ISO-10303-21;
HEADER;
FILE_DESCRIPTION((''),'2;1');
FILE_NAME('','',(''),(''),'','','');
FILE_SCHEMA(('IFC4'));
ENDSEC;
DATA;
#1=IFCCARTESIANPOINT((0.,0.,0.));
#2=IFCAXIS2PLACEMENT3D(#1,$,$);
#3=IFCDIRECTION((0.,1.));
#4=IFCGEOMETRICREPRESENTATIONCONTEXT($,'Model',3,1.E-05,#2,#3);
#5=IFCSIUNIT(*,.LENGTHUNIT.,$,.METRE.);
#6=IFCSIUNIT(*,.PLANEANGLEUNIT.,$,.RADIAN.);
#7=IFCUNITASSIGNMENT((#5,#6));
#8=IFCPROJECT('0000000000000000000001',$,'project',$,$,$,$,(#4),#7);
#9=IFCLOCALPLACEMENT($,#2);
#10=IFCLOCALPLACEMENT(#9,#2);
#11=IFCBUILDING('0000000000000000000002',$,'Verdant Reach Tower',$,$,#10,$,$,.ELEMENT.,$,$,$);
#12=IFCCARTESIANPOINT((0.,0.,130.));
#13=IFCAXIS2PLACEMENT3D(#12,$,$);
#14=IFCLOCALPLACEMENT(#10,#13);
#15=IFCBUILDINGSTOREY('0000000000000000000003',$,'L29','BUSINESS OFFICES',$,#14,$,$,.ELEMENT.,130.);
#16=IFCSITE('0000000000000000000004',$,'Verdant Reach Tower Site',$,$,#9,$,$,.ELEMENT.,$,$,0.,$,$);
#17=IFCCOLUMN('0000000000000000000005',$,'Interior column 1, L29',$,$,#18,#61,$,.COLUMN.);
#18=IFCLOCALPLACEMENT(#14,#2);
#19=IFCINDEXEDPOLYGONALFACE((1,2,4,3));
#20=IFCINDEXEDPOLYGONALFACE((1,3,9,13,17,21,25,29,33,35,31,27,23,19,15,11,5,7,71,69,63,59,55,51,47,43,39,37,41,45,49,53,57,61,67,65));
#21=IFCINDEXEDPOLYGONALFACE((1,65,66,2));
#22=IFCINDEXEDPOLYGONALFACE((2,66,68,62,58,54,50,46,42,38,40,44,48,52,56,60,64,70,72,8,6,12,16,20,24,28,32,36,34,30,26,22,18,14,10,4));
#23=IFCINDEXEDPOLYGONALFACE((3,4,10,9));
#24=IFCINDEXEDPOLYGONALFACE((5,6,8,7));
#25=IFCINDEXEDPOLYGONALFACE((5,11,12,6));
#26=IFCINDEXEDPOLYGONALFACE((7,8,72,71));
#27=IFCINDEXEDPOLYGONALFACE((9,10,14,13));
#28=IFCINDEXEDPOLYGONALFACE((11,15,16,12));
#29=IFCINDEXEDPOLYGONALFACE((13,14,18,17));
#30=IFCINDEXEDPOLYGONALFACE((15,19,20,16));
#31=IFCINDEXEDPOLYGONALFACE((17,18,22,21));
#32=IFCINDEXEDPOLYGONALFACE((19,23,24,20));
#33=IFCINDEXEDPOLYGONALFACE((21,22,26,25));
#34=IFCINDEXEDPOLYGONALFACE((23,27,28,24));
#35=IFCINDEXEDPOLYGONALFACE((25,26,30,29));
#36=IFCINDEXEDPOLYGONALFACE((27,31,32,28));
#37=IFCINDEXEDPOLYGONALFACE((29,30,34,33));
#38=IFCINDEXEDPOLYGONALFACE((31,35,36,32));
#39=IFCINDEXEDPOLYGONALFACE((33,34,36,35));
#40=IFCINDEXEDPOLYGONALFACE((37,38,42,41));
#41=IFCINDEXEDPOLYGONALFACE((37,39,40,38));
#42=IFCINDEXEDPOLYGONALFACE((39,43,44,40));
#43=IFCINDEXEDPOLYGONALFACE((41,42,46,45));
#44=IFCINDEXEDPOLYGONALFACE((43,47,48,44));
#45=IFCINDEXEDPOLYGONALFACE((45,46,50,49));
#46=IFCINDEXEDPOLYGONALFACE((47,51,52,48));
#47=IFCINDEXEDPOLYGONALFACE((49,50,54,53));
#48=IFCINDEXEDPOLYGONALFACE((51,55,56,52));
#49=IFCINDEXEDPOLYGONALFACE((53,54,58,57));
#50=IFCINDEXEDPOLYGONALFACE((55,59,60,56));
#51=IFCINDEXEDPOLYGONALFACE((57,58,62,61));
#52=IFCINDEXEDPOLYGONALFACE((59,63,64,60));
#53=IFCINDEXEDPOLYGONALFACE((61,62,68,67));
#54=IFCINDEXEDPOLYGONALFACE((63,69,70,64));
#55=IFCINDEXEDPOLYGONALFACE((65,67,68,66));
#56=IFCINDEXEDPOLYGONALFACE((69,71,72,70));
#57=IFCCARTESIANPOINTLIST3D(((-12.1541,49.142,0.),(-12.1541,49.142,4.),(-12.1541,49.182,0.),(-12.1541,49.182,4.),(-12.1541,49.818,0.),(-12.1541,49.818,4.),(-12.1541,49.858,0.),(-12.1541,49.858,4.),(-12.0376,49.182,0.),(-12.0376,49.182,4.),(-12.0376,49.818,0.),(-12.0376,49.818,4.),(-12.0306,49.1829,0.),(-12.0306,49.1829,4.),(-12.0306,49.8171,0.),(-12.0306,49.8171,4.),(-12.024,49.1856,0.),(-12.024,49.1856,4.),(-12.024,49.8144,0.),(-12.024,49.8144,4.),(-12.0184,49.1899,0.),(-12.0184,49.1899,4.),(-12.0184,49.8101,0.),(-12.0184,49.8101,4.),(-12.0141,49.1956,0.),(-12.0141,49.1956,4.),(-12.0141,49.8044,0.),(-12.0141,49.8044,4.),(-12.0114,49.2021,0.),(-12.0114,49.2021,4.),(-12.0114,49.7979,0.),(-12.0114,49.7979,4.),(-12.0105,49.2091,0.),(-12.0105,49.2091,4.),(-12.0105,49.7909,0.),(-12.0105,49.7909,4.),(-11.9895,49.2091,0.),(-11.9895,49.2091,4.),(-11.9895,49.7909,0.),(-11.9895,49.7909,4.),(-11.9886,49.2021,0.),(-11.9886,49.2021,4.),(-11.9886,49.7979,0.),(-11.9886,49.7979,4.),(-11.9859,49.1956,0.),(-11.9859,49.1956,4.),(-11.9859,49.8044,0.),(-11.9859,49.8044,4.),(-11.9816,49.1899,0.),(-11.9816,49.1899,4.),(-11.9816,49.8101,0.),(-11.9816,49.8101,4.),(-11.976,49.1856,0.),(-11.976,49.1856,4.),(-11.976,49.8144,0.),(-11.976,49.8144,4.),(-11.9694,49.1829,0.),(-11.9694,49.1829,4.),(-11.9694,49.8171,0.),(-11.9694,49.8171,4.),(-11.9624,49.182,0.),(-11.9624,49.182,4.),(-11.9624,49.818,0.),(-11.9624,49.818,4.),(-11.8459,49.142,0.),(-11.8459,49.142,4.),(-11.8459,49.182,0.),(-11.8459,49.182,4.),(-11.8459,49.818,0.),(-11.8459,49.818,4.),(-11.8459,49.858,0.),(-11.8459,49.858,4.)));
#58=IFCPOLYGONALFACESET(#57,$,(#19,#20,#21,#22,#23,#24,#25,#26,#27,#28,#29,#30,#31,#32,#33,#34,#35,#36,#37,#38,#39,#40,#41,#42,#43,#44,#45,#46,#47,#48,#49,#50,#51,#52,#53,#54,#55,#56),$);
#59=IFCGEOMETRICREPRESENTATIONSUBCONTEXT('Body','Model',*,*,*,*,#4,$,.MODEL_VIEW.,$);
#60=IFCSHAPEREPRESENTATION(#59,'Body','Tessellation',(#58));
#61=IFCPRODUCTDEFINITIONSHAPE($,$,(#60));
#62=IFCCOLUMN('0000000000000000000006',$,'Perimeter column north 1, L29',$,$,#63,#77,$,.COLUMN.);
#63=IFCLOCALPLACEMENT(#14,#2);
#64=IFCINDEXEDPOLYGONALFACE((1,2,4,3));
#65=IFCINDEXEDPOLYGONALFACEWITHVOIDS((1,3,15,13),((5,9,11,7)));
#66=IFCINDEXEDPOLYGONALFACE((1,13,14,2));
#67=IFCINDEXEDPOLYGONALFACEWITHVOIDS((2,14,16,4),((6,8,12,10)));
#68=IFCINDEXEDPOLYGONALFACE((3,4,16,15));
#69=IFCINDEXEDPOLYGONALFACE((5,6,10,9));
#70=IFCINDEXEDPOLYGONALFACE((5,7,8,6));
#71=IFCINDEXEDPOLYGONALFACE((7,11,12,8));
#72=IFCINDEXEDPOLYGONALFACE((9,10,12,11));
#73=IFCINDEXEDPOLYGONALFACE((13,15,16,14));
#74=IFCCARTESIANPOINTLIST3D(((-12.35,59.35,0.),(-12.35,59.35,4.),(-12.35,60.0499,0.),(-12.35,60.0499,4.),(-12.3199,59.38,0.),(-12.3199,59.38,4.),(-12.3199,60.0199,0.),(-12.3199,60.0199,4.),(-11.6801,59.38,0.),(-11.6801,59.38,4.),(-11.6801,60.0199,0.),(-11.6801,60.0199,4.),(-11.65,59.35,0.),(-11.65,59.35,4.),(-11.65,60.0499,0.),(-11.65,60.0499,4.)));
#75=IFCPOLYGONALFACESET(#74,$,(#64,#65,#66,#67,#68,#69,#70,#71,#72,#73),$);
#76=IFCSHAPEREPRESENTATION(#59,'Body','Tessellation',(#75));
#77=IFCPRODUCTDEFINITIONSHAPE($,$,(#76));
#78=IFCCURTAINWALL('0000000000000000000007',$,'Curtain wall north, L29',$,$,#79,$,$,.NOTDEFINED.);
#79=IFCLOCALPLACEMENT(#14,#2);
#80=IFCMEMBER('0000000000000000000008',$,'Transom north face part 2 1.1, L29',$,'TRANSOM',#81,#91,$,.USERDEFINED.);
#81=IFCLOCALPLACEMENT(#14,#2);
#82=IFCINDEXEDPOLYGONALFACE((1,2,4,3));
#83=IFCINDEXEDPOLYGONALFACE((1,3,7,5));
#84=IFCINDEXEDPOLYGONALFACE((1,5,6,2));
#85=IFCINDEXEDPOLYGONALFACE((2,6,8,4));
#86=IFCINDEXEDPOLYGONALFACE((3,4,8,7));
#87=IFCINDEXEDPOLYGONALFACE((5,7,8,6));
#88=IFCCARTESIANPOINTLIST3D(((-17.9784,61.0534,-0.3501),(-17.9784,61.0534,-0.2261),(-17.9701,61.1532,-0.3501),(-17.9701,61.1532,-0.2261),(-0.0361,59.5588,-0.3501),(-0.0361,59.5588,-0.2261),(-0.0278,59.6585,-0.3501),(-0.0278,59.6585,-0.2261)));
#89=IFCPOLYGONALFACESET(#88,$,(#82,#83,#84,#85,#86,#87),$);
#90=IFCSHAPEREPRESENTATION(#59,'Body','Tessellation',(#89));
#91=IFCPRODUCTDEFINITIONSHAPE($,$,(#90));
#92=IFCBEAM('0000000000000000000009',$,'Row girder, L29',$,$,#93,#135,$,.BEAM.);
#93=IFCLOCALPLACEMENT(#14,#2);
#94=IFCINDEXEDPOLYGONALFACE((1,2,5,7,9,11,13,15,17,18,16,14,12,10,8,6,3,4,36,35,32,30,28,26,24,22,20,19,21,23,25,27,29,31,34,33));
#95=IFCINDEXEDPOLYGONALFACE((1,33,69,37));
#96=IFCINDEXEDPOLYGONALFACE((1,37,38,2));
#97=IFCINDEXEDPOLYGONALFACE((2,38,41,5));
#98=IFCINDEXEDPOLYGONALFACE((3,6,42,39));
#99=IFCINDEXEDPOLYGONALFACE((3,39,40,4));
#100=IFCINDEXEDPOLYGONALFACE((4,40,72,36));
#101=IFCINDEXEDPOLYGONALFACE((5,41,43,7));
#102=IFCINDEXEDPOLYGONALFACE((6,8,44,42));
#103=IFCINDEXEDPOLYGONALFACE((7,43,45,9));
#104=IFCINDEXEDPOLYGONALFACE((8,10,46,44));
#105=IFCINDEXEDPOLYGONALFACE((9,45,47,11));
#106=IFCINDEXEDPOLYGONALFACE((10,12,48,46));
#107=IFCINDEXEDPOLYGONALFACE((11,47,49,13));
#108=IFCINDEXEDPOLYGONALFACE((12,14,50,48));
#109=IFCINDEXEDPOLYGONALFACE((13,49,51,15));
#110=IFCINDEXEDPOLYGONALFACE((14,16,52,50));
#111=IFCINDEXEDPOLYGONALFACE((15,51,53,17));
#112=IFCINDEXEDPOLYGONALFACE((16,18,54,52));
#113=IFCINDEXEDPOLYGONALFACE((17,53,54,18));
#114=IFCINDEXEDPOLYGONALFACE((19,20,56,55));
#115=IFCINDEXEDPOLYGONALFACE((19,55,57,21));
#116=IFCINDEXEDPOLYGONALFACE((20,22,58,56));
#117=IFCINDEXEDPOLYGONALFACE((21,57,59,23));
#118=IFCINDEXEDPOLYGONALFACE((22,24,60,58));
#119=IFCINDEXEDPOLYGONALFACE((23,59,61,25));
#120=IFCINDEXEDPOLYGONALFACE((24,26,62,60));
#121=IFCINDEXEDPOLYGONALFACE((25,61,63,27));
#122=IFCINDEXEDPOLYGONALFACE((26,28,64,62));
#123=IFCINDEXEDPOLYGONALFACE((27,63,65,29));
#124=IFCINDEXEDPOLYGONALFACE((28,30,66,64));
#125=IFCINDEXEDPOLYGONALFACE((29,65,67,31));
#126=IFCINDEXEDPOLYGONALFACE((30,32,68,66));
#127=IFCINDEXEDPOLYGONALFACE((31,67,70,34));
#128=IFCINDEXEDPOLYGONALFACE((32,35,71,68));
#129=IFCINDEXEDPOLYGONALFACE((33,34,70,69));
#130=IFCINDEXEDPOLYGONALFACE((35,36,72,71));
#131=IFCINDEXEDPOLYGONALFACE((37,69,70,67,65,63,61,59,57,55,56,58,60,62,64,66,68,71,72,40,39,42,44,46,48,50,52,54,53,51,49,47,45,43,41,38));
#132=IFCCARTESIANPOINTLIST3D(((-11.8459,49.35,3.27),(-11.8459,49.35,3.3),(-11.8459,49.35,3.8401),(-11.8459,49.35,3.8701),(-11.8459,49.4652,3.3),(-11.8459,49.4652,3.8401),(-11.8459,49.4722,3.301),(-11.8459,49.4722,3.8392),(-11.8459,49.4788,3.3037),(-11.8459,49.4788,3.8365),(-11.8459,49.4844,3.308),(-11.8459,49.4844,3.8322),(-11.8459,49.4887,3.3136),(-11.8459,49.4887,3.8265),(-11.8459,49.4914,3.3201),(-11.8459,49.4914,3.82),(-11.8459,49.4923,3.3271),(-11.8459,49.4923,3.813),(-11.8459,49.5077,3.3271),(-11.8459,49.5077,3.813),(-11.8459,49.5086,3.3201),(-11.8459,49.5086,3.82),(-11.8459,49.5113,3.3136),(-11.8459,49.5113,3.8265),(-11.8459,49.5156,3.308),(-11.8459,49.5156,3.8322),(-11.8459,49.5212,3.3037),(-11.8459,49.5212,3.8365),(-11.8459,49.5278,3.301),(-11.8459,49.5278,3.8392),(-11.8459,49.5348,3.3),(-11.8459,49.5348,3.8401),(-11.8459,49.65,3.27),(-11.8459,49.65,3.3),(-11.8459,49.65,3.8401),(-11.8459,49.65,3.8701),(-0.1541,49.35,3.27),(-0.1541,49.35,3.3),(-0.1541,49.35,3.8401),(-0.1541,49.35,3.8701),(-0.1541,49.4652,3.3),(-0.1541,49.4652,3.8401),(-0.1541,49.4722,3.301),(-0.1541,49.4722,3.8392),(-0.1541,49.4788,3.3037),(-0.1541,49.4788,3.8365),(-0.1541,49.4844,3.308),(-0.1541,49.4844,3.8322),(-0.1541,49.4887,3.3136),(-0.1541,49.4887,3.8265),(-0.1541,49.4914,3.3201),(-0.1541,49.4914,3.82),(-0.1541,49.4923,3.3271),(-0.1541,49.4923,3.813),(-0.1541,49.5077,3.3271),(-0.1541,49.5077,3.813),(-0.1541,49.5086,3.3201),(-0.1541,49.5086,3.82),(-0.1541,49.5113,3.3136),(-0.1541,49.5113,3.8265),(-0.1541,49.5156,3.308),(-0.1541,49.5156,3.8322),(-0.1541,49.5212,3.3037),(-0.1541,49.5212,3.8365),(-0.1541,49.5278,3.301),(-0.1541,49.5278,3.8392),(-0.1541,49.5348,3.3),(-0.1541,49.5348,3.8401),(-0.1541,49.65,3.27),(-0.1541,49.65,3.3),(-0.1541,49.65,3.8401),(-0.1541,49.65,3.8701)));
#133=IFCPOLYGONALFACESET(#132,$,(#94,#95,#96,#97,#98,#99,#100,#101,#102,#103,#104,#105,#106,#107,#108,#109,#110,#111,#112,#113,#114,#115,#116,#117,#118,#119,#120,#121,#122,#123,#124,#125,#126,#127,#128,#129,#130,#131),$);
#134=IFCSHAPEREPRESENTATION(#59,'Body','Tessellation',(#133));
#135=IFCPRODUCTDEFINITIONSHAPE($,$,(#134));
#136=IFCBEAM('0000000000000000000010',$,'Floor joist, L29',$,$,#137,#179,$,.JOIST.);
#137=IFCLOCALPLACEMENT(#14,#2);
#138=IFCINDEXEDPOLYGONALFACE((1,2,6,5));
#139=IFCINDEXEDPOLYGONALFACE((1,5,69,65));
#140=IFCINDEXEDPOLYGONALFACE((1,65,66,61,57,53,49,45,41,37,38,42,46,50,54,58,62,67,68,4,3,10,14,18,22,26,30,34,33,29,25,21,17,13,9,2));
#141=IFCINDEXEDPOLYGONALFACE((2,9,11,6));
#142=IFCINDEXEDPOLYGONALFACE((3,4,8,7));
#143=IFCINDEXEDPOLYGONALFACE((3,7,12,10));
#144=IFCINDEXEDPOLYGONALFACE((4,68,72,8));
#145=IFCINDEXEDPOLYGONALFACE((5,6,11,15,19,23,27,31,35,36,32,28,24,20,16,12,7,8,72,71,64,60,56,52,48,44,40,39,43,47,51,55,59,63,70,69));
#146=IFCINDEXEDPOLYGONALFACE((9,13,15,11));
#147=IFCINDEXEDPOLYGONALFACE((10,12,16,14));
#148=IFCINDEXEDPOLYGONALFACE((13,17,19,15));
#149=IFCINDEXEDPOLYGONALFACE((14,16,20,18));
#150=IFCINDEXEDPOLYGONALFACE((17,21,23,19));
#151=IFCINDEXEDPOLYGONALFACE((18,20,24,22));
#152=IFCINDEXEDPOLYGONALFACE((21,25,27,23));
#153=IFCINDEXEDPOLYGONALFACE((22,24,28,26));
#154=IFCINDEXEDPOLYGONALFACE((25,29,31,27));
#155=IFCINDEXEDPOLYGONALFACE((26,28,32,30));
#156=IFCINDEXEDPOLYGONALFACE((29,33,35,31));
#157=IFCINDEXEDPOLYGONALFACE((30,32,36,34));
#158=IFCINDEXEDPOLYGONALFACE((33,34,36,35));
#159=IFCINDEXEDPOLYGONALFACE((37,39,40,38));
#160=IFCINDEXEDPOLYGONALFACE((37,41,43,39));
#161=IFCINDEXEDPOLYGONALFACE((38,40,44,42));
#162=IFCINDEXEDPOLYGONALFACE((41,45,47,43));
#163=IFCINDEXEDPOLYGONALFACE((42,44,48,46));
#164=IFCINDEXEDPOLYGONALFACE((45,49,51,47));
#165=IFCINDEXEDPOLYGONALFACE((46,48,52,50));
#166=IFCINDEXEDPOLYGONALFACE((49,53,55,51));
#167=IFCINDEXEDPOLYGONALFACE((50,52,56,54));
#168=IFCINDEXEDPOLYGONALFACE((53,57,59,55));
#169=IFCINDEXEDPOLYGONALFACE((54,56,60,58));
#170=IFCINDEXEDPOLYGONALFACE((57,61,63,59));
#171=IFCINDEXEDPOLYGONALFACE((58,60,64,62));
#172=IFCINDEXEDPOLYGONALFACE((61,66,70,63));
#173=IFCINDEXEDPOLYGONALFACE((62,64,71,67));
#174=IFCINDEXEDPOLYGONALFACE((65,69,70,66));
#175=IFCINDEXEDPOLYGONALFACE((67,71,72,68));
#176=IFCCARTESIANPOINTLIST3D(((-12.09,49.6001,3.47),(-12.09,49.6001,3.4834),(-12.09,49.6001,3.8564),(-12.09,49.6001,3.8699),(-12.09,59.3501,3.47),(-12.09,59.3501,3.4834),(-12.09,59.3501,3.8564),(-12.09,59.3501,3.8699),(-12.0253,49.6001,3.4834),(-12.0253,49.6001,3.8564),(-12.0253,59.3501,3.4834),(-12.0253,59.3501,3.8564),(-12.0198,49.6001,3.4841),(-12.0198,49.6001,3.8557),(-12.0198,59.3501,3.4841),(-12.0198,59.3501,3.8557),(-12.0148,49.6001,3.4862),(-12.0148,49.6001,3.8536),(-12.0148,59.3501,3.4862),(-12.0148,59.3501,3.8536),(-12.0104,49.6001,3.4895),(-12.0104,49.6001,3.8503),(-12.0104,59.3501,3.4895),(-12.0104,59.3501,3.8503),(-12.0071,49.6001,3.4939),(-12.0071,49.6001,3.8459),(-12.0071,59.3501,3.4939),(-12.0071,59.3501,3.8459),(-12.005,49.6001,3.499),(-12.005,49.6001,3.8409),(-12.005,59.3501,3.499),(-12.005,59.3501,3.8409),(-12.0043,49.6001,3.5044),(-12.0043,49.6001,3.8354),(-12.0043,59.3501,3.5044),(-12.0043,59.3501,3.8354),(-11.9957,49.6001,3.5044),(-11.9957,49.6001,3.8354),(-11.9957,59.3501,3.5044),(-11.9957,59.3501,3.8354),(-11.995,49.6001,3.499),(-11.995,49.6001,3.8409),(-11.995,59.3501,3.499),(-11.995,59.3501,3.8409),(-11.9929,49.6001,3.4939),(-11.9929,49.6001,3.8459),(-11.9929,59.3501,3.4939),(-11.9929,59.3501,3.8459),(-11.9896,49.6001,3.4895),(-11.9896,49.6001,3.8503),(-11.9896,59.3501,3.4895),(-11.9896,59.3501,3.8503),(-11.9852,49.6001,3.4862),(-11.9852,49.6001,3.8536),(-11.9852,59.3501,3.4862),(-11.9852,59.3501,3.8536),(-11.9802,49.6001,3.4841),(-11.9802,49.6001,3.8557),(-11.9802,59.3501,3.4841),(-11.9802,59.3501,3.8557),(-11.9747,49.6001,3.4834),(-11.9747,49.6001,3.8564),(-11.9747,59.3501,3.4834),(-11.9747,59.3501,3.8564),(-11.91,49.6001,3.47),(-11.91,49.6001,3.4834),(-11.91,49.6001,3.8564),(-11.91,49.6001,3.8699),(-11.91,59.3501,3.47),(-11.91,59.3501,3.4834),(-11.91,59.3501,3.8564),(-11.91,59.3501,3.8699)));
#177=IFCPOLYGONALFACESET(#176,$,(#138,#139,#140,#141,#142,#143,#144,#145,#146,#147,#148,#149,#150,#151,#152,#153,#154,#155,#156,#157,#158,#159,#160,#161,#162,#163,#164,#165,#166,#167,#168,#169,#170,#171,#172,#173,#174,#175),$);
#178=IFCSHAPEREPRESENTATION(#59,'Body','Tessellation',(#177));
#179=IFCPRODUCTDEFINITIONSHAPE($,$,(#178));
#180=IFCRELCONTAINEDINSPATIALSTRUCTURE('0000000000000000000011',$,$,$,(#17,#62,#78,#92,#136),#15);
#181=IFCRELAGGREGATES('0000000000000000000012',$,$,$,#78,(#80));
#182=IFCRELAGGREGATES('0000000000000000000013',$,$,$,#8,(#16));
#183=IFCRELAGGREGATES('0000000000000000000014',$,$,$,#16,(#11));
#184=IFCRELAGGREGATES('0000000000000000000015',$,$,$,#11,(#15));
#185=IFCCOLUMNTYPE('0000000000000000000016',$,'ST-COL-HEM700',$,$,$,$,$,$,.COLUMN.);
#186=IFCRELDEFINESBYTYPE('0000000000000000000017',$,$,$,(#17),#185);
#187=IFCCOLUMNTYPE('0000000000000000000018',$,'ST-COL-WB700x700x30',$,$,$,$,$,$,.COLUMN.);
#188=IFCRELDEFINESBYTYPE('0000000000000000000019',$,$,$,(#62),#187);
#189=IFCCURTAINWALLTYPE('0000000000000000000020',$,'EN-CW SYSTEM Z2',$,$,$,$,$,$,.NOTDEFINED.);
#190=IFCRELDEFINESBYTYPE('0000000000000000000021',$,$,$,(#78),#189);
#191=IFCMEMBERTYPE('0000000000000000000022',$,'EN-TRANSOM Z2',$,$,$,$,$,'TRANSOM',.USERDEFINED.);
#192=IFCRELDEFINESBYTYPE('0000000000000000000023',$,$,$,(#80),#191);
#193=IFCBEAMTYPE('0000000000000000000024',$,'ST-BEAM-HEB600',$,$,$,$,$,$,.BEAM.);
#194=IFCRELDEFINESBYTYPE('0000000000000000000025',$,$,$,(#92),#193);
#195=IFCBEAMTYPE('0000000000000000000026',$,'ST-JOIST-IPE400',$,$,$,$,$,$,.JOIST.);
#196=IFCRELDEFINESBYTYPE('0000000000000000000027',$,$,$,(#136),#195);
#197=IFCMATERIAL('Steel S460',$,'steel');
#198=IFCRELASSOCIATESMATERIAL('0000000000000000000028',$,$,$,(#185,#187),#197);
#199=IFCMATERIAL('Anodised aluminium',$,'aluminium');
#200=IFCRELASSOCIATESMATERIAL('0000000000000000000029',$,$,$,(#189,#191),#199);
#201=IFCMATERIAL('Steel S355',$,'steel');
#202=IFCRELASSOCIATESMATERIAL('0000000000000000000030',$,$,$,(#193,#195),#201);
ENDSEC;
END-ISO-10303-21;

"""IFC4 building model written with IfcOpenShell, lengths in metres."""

from ifc_helpers import new_model, si_unit, direction, frame, origin, origin_2d, place, context, subcontext, project, spatial, rectangle, hollow_rectangle, i_section, extrude, material, material_profile, profile_set, type_object, element, aggregate, save


model = new_model("IFC4")

# Units and contexts
model_context = context("Model", 3, precision=1e-05, world=origin(), true_north=direction((0.0, 1.0)))
body_context = subcontext(model_context, "Body", "Model", "MODEL_VIEW")
ifc_project = project(units=[si_unit("LENGTHUNIT", "METRE"), si_unit("PLANEANGLEUNIT", "RADIAN")], contexts=[model_context])

# Site, building, storey
site_placement = place(None, origin())
site = spatial("IfcSite", under=ifc_project, at=site_placement, Name="Verdant Reach Tower Site", CompositionType="ELEMENT", RefElevation=0.0)
building_placement = place(site_placement, origin())
building = spatial("IfcBuilding", under=site, at=building_placement, Name="Verdant Reach Tower", CompositionType="ELEMENT")
storey_placement = place(building_placement, frame((0.0, 0.0, 130.0)))
storey = spatial("IfcBuildingStorey", under=building, at=storey_placement, Name="L29", Description="BUSINESS OFFICES", CompositionType="ELEMENT", Elevation=130.0)

# Columns
ifc_material_1 = material(Name="Steel S460", Category="steel")
ifc_material_profile_1 = material_profile(ifc_material_1, i_section(OverallWidth=0.3081, OverallDepth=0.7161, WebThickness=0.021, FlangeThickness=0.04, FilletRadius=0.0271, at=origin_2d()), Name="HEM 700")
ifc_profile_set_1 = profile_set([ifc_material_profile_1], Name="Steel S460")
column_type_1 = type_object("IfcColumnType", Name="ST-COL-HEM700", PredefinedType="COLUMN", material=ifc_profile_set_1)
column_1_placement = place(storey_placement, frame((-12.0, 49.5, 0.0), z_axis=(0.0, 0.0, 1.0), x_axis=(1.0, 0.0, 0.0)))
element("IfcColumn", 1, at=column_1_placement, inside=storey, type_object=column_type_1, Name="Interior column 1, L29", PredefinedType="COLUMN", context=body_context, shape_type="SweptSolid", body=[
    extrude(i_section(OverallWidth=0.3081, OverallDepth=0.7161, WebThickness=0.021, FlangeThickness=0.04, FilletRadius=0.0271, at=origin_2d()), origin(), (0.0, 0.0, 1.0), 4.0),
])
ifc_material_profile_2 = material_profile(ifc_material_1, hollow_rectangle(XDim=0.7, YDim=0.7, WallThickness=0.03, at=origin_2d()), Name="WB 700x700x30")
ifc_profile_set_2 = profile_set([ifc_material_profile_2], Name="Steel S460")
column_type_2 = type_object("IfcColumnType", Name="ST-COL-WB700x700x30", PredefinedType="COLUMN", material=ifc_profile_set_2)
column_2_placement = place(storey_placement, frame((-12.0, 59.7, 0.0), z_axis=(0.0, 0.0, 1.0), x_axis=(1.0, 0.0, 0.0)))
element("IfcColumn", 2, at=column_2_placement, inside=storey, type_object=column_type_2, Name="Perimeter column north 1, L29", PredefinedType="COLUMN", context=body_context, shape_type="SweptSolid", body=[
    extrude(hollow_rectangle(XDim=0.7, YDim=0.7, WallThickness=0.03, at=origin_2d()), origin(), (0.0, 0.0, 1.0), 4.0),
])

# Curtain wall, member
ifc_material_2 = material(Name="Anodised aluminium", Category="aluminium")
curtain_wall_type = type_object("IfcCurtainWallType", Name="EN-CW SYSTEM Z2", PredefinedType="NOTDEFINED", material=ifc_material_2)
curtain_wall_placement = place(storey_placement, origin())
curtain_wall = element("IfcCurtainWall", 3, at=curtain_wall_placement, inside=storey, type_object=curtain_wall_type, Name="Curtain wall north, L29", PredefinedType="NOTDEFINED")
ifc_material_profile_3 = material_profile(ifc_material_2, rectangle(XDim=0.1001, YDim=0.124, at=origin_2d()), Name="Transom 124x100")
ifc_profile_set_3 = profile_set([ifc_material_profile_3], Name="Anodised aluminium")
member_type = type_object("IfcMemberType", Name="EN-TRANSOM Z2", ElementType="TRANSOM", PredefinedType="USERDEFINED", material=ifc_profile_set_3)
member_placement = place(storey_placement, frame((-0.032, 59.6086, -0.2881), z_axis=(-0.996548, 0.083015, 0.0), x_axis=(-0.083015, -0.996548, 0.0)))
member = element("IfcMember", 4, at=member_placement, type_object=member_type, Name="Transom north face part 2 1.1, L29", ObjectType="TRANSOM", PredefinedType="USERDEFINED", context=body_context, shape_type="SweptSolid", body=[
    extrude(rectangle(XDim=0.1001, YDim=0.124, at=origin_2d()), origin(), (0.0, 0.0, 1.0), 18.0044),
])

# Beams
ifc_material_3 = material(Name="Steel S355", Category="steel")
ifc_material_profile_4 = material_profile(ifc_material_3, i_section(OverallWidth=0.3, OverallDepth=0.6001, WebThickness=0.0154, FlangeThickness=0.03, FilletRadius=0.0271, at=origin_2d()), Name="HEB 600")
ifc_profile_set_4 = profile_set([ifc_material_profile_4], Name="Steel S355")
beam_type_1 = type_object("IfcBeamType", Name="ST-BEAM-HEB600", PredefinedType="BEAM", material=ifc_profile_set_4)
beam_1_placement = place(storey_placement, frame((-11.8459, 49.5, 3.5701), z_axis=(1.0, 0.0, 0.0), x_axis=(0.0, 1.0, 0.0)))
element("IfcBeam", 5, at=beam_1_placement, inside=storey, type_object=beam_type_1, Name="Row girder, L29", PredefinedType="BEAM", context=body_context, shape_type="SweptSolid", body=[
    extrude(i_section(OverallWidth=0.3, OverallDepth=0.6001, WebThickness=0.0154, FlangeThickness=0.03, FilletRadius=0.0271, at=origin_2d()), origin(), (0.0, 0.0, 1.0), 11.6919),
])
ifc_material_profile_5 = material_profile(ifc_material_3, i_section(OverallWidth=0.1799, OverallDepth=0.3999, WebThickness=0.0085, FlangeThickness=0.0134, FilletRadius=0.021, at=origin_2d()), Name="IPE 400")
ifc_profile_set_5 = profile_set([ifc_material_profile_5], Name="Steel S355")
beam_type_2 = type_object("IfcBeamType", Name="ST-JOIST-IPE400", PredefinedType="JOIST", material=ifc_profile_set_5)
beam_2_placement = place(storey_placement, frame((-12.0, 49.6001, 3.6699), z_axis=(0.0, 1.0, 0.0), x_axis=(-1.0, 0.0, 0.0)))
element("IfcBeam", 6, at=beam_2_placement, inside=storey, type_object=beam_type_2, Name="Floor joist, L29", PredefinedType="JOIST", context=body_context, shape_type="SweptSolid", body=[
    extrude(i_section(OverallWidth=0.1799, OverallDepth=0.3999, WebThickness=0.0085, FlangeThickness=0.0134, FilletRadius=0.021, at=origin_2d()), origin(), (0.0, 0.0, 1.0), 9.75),
])

aggregate(curtain_wall, [member])

save(model, "model.ifc")
